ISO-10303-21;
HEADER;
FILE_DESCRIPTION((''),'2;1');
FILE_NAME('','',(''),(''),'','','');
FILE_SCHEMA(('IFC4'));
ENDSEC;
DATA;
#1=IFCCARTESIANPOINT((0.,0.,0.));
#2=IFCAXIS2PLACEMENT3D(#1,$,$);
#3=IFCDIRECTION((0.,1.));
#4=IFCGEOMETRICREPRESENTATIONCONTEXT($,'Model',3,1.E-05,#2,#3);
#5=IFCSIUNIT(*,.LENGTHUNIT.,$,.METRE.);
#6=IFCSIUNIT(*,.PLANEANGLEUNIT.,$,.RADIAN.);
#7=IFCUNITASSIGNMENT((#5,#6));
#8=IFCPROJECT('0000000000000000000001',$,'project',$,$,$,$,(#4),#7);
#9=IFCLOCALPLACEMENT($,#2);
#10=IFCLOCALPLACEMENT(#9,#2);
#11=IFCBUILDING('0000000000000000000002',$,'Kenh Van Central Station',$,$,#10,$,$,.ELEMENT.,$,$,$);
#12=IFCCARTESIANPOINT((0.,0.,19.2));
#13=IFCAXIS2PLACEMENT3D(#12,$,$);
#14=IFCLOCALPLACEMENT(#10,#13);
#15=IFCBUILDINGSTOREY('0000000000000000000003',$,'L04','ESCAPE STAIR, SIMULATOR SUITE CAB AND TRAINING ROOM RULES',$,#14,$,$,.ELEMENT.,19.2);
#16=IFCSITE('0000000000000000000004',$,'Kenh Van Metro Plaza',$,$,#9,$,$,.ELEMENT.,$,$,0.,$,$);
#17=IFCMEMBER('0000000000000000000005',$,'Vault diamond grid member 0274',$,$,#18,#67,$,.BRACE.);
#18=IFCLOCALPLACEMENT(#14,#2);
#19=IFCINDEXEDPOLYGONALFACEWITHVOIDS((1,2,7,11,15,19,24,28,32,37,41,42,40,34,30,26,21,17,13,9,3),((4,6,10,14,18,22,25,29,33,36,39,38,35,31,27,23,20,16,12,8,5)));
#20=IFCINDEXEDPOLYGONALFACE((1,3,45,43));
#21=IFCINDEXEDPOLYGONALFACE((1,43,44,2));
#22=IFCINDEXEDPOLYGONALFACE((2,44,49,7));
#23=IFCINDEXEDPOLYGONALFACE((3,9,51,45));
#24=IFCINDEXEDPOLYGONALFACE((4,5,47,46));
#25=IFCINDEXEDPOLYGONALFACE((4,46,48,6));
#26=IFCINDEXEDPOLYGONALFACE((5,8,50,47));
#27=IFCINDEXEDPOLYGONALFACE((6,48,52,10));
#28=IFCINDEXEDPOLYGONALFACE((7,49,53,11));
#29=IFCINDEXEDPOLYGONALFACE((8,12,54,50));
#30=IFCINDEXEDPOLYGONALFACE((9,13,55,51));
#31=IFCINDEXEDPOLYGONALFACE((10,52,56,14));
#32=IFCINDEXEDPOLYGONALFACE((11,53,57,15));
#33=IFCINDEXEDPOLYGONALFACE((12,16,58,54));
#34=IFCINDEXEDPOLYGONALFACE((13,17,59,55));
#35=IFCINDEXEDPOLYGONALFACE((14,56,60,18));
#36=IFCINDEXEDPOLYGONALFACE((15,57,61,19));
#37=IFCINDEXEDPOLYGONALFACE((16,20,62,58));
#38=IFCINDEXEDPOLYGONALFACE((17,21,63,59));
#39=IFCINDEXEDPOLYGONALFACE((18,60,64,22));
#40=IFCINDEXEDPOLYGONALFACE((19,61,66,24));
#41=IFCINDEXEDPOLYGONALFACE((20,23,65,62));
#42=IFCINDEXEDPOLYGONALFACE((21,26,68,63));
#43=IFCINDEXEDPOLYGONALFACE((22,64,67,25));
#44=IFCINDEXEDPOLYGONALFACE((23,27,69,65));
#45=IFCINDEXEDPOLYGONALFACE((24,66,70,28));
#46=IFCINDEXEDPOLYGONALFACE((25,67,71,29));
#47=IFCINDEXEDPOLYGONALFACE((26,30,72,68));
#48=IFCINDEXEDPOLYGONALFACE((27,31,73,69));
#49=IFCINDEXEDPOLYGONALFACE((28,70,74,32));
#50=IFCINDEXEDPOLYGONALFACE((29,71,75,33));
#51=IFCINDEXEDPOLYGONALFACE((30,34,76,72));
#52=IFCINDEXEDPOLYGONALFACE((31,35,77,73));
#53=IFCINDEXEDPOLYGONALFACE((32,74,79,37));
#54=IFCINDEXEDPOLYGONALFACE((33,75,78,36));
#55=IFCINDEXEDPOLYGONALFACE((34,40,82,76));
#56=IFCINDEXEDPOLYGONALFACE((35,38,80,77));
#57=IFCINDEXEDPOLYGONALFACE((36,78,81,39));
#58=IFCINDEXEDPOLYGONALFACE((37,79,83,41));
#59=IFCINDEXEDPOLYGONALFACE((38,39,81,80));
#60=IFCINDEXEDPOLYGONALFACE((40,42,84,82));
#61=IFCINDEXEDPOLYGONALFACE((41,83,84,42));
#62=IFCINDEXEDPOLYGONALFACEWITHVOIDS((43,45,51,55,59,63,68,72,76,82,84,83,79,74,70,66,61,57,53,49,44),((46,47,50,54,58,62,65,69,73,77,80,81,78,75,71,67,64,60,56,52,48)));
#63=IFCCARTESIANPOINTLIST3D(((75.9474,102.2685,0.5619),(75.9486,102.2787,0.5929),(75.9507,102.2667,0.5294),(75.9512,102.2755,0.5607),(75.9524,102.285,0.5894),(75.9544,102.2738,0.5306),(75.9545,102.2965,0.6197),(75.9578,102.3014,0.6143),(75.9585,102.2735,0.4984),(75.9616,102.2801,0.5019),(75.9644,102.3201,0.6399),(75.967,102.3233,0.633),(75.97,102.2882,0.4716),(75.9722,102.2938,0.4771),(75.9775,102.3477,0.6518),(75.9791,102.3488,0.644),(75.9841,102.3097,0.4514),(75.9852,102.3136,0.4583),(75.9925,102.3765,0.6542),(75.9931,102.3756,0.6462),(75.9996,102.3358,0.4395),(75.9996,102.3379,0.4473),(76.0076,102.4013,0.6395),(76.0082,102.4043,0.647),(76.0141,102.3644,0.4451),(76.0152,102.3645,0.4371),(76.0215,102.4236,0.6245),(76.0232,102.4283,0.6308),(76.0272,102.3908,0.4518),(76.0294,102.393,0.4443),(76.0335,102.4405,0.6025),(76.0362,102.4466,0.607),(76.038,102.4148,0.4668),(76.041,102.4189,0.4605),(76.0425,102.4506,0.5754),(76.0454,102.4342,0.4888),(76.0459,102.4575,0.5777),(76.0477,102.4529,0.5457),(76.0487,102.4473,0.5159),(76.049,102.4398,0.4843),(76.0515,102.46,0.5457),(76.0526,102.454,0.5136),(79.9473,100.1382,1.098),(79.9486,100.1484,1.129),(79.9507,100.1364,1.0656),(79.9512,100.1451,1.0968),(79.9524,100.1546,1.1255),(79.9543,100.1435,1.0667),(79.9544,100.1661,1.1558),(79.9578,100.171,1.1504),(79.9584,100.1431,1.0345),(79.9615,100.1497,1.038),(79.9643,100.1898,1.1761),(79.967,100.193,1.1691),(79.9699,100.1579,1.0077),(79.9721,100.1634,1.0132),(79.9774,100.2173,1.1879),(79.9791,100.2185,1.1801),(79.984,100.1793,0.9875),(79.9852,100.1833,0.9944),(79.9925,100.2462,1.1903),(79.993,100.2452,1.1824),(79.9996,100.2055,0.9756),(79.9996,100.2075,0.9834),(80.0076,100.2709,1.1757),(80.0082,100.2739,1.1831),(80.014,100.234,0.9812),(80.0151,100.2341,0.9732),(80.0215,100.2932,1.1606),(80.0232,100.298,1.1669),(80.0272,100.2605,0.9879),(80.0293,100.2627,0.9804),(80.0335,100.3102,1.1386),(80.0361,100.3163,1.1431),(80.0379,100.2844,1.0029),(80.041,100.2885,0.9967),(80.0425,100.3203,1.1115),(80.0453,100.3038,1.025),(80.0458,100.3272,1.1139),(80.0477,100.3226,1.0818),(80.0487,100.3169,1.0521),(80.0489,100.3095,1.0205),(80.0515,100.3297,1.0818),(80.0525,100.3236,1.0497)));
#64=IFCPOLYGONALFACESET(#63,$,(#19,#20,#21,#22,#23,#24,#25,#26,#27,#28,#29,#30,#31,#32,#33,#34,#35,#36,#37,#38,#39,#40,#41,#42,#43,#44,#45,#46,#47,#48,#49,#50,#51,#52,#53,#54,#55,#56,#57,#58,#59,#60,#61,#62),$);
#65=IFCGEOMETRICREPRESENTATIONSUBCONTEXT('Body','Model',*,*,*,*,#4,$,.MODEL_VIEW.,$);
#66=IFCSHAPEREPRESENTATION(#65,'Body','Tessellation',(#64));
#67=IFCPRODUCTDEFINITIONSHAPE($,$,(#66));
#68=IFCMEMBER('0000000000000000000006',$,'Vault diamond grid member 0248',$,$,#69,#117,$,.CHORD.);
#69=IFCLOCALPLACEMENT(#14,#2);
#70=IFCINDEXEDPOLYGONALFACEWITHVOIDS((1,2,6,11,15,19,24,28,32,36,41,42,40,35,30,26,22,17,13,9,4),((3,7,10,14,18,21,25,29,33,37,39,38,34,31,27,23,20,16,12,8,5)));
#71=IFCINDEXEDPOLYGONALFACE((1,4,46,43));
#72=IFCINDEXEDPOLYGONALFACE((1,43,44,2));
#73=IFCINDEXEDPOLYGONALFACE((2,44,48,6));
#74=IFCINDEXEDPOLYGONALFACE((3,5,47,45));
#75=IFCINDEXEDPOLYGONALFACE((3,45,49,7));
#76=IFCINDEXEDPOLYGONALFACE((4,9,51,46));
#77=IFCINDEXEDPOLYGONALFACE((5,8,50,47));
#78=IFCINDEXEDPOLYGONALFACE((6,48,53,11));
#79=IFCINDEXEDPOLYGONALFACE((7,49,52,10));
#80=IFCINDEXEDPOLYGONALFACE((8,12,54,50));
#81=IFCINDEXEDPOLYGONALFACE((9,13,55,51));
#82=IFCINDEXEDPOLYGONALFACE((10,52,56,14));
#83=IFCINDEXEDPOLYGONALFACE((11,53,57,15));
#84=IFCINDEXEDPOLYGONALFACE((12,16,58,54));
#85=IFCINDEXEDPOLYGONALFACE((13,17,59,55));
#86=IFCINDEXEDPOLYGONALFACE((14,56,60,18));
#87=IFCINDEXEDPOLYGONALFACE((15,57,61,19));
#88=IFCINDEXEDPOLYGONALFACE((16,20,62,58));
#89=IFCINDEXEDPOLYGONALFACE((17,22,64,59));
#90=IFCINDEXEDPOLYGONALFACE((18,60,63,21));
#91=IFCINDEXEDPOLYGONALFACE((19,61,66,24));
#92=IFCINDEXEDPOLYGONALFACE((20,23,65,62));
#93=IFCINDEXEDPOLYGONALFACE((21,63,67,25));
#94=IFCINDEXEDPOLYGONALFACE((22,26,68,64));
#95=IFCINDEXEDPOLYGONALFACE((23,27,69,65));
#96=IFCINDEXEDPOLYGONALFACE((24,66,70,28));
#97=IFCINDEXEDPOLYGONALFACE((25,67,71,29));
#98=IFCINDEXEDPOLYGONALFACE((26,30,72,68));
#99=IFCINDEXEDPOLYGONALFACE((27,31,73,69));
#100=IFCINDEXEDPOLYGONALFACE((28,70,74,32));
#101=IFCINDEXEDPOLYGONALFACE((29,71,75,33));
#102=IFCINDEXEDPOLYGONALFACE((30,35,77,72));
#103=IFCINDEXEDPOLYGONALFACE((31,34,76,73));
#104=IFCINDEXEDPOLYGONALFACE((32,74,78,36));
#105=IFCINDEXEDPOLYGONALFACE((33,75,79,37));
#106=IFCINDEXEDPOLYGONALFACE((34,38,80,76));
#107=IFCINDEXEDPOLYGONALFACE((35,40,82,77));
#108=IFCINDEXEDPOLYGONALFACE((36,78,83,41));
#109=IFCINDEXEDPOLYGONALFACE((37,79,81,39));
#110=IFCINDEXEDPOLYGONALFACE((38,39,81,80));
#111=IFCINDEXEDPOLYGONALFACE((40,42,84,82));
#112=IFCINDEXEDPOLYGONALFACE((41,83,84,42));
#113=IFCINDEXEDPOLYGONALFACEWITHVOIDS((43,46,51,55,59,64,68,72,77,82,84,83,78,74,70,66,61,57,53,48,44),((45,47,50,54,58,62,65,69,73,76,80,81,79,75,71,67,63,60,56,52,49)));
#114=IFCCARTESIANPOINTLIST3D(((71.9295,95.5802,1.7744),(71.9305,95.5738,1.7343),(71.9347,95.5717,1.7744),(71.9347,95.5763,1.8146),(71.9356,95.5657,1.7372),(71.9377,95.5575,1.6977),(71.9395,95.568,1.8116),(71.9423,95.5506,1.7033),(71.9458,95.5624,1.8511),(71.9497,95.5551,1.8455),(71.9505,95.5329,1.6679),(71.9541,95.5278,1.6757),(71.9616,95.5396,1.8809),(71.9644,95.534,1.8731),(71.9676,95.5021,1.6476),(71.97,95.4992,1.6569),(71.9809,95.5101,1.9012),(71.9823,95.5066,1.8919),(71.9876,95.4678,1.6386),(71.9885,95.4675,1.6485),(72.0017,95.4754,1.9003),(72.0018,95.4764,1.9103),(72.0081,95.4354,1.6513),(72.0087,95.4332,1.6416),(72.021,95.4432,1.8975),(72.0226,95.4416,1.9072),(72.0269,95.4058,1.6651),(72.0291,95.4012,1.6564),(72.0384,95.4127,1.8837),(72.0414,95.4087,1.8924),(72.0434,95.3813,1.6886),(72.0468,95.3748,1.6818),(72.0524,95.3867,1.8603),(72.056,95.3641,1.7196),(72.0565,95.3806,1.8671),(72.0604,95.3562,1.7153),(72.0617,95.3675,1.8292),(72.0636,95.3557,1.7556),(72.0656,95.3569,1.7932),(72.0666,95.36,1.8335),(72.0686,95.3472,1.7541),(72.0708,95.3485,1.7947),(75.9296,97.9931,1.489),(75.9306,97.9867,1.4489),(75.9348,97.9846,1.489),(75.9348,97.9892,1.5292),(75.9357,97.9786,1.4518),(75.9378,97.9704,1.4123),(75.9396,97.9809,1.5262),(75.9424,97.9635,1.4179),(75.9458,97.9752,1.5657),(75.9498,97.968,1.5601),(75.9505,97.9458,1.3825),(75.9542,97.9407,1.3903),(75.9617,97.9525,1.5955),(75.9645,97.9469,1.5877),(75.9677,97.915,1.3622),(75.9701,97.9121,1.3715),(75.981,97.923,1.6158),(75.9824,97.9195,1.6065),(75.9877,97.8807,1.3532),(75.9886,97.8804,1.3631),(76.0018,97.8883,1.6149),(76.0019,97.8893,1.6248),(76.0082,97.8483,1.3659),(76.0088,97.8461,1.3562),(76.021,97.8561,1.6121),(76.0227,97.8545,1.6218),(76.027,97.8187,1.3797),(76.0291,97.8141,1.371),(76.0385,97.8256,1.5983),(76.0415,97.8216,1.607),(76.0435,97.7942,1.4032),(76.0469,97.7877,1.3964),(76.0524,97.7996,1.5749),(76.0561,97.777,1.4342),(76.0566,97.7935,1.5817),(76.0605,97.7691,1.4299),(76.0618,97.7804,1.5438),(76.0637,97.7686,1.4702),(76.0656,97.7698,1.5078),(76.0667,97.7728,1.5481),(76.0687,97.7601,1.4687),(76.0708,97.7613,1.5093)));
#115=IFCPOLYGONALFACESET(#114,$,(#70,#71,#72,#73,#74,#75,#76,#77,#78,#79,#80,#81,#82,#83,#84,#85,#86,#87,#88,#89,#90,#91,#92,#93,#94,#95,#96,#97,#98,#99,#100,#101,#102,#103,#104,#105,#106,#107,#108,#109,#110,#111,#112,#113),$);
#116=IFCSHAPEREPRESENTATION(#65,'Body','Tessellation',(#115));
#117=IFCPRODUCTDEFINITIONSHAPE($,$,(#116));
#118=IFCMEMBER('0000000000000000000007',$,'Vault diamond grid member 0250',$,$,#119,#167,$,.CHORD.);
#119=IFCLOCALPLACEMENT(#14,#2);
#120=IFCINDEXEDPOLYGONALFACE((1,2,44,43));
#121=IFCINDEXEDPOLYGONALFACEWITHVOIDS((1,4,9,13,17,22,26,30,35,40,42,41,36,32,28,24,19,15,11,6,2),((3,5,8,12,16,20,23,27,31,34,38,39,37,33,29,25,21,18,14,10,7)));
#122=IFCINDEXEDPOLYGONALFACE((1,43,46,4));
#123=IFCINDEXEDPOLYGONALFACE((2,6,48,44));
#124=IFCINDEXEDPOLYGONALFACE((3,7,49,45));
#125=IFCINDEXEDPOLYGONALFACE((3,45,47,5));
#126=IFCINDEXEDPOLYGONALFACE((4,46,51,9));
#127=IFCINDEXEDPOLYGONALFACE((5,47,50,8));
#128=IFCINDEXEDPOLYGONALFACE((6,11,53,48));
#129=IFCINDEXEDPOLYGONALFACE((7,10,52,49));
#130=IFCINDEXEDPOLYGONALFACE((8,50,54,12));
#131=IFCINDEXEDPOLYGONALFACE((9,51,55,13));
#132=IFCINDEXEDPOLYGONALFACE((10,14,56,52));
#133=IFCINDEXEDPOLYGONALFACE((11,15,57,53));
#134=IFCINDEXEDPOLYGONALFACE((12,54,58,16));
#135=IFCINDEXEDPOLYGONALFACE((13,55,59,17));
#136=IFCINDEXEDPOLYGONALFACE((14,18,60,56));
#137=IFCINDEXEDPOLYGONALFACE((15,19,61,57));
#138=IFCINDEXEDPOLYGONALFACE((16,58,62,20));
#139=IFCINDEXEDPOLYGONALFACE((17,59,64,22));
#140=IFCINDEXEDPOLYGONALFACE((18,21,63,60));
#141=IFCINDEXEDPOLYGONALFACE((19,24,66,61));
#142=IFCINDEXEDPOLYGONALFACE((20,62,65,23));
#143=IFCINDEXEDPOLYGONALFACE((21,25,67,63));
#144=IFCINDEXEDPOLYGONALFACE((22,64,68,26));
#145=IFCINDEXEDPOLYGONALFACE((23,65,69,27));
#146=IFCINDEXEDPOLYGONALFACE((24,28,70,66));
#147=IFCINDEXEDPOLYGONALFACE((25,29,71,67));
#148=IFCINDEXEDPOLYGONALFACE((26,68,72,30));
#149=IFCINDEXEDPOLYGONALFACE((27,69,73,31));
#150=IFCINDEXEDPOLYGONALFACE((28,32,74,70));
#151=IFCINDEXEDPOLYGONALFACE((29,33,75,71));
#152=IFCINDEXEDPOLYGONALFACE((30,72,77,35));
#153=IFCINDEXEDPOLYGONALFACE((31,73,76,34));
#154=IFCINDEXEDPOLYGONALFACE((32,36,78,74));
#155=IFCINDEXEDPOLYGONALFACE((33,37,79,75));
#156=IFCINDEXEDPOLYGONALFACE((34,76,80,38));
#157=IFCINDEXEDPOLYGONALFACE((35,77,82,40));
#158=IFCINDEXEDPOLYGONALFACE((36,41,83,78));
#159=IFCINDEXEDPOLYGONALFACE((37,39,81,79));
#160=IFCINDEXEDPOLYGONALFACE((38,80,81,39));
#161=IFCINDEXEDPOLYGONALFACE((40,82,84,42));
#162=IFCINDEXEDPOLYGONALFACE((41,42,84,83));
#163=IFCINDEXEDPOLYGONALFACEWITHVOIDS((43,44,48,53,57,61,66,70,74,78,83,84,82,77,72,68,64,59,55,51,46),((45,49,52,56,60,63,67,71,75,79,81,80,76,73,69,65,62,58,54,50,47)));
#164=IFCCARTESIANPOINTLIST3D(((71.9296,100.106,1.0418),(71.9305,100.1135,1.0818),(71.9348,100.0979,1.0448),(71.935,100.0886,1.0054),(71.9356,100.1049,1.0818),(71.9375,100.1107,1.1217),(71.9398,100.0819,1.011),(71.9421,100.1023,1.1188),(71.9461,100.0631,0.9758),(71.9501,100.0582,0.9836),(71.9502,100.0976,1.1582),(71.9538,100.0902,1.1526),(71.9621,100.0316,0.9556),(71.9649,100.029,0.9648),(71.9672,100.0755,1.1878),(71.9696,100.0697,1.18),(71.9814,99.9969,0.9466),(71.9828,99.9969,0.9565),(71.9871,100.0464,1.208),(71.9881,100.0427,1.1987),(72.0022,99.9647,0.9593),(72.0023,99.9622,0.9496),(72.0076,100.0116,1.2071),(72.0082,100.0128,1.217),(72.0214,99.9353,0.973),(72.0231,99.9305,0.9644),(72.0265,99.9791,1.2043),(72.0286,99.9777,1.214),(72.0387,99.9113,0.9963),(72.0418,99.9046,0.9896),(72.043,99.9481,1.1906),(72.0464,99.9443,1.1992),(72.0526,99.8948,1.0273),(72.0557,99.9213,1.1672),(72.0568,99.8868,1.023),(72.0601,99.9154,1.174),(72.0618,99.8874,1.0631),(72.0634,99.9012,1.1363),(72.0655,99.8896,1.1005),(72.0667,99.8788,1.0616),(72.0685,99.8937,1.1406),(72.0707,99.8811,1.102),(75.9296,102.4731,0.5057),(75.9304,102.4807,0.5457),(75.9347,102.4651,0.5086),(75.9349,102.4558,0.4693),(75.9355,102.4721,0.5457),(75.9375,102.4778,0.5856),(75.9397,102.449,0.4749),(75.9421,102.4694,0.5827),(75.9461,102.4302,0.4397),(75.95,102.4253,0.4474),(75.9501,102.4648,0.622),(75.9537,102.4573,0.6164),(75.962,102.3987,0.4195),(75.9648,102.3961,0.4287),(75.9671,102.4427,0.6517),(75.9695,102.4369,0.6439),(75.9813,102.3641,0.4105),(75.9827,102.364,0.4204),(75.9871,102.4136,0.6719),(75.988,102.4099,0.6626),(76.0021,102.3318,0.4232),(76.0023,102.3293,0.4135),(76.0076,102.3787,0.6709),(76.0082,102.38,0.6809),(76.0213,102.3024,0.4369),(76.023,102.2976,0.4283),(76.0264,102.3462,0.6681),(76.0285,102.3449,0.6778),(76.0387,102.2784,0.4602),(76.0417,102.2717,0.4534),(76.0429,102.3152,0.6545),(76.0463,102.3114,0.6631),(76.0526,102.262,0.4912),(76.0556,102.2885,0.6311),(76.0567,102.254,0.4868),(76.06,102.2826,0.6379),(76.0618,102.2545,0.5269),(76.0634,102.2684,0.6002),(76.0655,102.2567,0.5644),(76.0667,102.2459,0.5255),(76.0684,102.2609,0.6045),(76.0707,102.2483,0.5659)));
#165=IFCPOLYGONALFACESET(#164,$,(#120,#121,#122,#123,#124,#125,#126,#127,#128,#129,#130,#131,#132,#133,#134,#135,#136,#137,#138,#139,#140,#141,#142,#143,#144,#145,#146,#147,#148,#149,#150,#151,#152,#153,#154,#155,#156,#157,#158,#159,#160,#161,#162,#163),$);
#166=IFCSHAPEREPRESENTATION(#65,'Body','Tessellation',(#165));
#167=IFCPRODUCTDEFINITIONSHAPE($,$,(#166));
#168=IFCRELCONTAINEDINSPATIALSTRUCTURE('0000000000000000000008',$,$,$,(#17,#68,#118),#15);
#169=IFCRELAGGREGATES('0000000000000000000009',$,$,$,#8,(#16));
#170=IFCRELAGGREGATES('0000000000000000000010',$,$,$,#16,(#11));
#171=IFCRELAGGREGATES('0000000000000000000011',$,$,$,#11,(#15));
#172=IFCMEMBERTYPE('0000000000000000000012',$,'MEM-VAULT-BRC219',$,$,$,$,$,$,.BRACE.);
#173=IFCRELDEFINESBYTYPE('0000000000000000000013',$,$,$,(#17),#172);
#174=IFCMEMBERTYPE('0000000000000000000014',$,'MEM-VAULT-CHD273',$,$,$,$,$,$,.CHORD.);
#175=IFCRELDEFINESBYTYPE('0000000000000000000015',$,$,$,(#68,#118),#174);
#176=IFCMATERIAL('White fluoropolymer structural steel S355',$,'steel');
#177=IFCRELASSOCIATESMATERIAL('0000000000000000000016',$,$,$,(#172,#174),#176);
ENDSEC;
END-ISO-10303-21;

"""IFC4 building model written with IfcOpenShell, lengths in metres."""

from ifc_helpers import new_model, si_unit, direction, frame, origin, origin_2d, place, context, subcontext, project, spatial, hollow_circle, extrude, material, material_profile, profile_set, type_object, element, save


model = new_model("IFC4")

# Units and contexts
model_context = context("Model", 3, precision=1e-05, world=origin(), true_north=direction((0.0, 1.0)))
body_context = subcontext(model_context, "Body", "Model", "MODEL_VIEW")
ifc_project = project(units=[si_unit("LENGTHUNIT", "METRE"), si_unit("PLANEANGLEUNIT", "RADIAN")], contexts=[model_context])

# Site, building, storey
site_placement = place(None, origin())
site = spatial("IfcSite", under=ifc_project, at=site_placement, Name="Kenh Van Metro Plaza", CompositionType="ELEMENT", RefElevation=0.0)
building_placement = place(site_placement, origin())
building = spatial("IfcBuilding", under=site, at=building_placement, Name="Kenh Van Central Station", CompositionType="ELEMENT")
storey_placement = place(building_placement, frame((0.0, 0.0, 19.2)))
storey = spatial("IfcBuildingStorey", under=building, at=storey_placement, Name="L04", Description="ESCAPE STAIR, SIMULATOR SUITE CAB AND TRAINING ROOM RULES", CompositionType="ELEMENT", Elevation=19.2)

# Shared definitions
ifc_material_1 = material(Name="White fluoropolymer structural steel S355", Category="steel")

# Members
ifc_material_profile_1 = material_profile(ifc_material_1, hollow_circle(Radius=0.1096, WallThickness=0.0081, at=origin_2d()), Name="CHS 219.1x8")
ifc_profile_set_1 = profile_set([ifc_material_profile_1], Name="White fluoropolymer structural steel S355")
member_type_1 = type_object("IfcMemberType", Name="MEM-VAULT-BRC219", PredefinedType="BRACE", material=ifc_profile_set_1)
member_1_placement = place(storey_placement, frame((76.0, 102.3633, 0.5457), z_axis=(0.876512, -0.466824, 0.117482), x_axis=(0.470079, 0.882624, 0.0)))
element("IfcMember", 1, at=member_1_placement, inside=storey, type_object=member_type_1, Name="Vault diamond grid member 0274", PredefinedType="BRACE", context=body_context, shape_type="SweptSolid", body=[
    extrude(hollow_circle(Radius=0.1096, WallThickness=0.0081, at=origin_2d()), origin(), (0.0, 0.0, 1.0), 4.5635),
])
ifc_material_profile_2 = material_profile(ifc_material_1, hollow_circle(Radius=0.1365, WallThickness=0.01, at=origin_2d()), Name="CHS 273x10")
ifc_profile_set_2 = profile_set([ifc_material_profile_2], Name="White fluoropolymer structural steel S355")
member_type_2 = type_object("IfcMemberType", Name="MEM-VAULT-CHD273", PredefinedType="CHORD", material=ifc_profile_set_2)
member_2_placement = place(storey_placement, frame((72.0, 95.4634, 1.7744), z_axis=(0.854684, 0.515554, -0.060982), x_axis=(-0.516516, 0.856278, 0.0)))
element("IfcMember", 2, at=member_2_placement, inside=storey, type_object=member_type_2, Name="Vault diamond grid member 0248", PredefinedType="CHORD", context=body_context, shape_type="SweptSolid", body=[
    extrude(hollow_circle(Radius=0.1365, WallThickness=0.01, at=origin_2d()), origin(), (0.0, 0.0, 1.0), 4.6802),
])
member_3_placement = place(storey_placement, frame((72.0, 99.9961, 1.0818), z_axis=(0.854923, 0.505941, -0.114588), x_axis=(-0.509295, 0.860592, 0.0)))
element("IfcMember", 3, at=member_3_placement, inside=storey, type_object=member_type_2, Name="Vault diamond grid member 0250", PredefinedType="CHORD", context=body_context, shape_type="SweptSolid", body=[
    extrude(hollow_circle(Radius=0.1365, WallThickness=0.01, at=origin_2d()), origin(), (0.0, 0.0, 1.0), 4.6787),
])

save(model, "model.ifc")
